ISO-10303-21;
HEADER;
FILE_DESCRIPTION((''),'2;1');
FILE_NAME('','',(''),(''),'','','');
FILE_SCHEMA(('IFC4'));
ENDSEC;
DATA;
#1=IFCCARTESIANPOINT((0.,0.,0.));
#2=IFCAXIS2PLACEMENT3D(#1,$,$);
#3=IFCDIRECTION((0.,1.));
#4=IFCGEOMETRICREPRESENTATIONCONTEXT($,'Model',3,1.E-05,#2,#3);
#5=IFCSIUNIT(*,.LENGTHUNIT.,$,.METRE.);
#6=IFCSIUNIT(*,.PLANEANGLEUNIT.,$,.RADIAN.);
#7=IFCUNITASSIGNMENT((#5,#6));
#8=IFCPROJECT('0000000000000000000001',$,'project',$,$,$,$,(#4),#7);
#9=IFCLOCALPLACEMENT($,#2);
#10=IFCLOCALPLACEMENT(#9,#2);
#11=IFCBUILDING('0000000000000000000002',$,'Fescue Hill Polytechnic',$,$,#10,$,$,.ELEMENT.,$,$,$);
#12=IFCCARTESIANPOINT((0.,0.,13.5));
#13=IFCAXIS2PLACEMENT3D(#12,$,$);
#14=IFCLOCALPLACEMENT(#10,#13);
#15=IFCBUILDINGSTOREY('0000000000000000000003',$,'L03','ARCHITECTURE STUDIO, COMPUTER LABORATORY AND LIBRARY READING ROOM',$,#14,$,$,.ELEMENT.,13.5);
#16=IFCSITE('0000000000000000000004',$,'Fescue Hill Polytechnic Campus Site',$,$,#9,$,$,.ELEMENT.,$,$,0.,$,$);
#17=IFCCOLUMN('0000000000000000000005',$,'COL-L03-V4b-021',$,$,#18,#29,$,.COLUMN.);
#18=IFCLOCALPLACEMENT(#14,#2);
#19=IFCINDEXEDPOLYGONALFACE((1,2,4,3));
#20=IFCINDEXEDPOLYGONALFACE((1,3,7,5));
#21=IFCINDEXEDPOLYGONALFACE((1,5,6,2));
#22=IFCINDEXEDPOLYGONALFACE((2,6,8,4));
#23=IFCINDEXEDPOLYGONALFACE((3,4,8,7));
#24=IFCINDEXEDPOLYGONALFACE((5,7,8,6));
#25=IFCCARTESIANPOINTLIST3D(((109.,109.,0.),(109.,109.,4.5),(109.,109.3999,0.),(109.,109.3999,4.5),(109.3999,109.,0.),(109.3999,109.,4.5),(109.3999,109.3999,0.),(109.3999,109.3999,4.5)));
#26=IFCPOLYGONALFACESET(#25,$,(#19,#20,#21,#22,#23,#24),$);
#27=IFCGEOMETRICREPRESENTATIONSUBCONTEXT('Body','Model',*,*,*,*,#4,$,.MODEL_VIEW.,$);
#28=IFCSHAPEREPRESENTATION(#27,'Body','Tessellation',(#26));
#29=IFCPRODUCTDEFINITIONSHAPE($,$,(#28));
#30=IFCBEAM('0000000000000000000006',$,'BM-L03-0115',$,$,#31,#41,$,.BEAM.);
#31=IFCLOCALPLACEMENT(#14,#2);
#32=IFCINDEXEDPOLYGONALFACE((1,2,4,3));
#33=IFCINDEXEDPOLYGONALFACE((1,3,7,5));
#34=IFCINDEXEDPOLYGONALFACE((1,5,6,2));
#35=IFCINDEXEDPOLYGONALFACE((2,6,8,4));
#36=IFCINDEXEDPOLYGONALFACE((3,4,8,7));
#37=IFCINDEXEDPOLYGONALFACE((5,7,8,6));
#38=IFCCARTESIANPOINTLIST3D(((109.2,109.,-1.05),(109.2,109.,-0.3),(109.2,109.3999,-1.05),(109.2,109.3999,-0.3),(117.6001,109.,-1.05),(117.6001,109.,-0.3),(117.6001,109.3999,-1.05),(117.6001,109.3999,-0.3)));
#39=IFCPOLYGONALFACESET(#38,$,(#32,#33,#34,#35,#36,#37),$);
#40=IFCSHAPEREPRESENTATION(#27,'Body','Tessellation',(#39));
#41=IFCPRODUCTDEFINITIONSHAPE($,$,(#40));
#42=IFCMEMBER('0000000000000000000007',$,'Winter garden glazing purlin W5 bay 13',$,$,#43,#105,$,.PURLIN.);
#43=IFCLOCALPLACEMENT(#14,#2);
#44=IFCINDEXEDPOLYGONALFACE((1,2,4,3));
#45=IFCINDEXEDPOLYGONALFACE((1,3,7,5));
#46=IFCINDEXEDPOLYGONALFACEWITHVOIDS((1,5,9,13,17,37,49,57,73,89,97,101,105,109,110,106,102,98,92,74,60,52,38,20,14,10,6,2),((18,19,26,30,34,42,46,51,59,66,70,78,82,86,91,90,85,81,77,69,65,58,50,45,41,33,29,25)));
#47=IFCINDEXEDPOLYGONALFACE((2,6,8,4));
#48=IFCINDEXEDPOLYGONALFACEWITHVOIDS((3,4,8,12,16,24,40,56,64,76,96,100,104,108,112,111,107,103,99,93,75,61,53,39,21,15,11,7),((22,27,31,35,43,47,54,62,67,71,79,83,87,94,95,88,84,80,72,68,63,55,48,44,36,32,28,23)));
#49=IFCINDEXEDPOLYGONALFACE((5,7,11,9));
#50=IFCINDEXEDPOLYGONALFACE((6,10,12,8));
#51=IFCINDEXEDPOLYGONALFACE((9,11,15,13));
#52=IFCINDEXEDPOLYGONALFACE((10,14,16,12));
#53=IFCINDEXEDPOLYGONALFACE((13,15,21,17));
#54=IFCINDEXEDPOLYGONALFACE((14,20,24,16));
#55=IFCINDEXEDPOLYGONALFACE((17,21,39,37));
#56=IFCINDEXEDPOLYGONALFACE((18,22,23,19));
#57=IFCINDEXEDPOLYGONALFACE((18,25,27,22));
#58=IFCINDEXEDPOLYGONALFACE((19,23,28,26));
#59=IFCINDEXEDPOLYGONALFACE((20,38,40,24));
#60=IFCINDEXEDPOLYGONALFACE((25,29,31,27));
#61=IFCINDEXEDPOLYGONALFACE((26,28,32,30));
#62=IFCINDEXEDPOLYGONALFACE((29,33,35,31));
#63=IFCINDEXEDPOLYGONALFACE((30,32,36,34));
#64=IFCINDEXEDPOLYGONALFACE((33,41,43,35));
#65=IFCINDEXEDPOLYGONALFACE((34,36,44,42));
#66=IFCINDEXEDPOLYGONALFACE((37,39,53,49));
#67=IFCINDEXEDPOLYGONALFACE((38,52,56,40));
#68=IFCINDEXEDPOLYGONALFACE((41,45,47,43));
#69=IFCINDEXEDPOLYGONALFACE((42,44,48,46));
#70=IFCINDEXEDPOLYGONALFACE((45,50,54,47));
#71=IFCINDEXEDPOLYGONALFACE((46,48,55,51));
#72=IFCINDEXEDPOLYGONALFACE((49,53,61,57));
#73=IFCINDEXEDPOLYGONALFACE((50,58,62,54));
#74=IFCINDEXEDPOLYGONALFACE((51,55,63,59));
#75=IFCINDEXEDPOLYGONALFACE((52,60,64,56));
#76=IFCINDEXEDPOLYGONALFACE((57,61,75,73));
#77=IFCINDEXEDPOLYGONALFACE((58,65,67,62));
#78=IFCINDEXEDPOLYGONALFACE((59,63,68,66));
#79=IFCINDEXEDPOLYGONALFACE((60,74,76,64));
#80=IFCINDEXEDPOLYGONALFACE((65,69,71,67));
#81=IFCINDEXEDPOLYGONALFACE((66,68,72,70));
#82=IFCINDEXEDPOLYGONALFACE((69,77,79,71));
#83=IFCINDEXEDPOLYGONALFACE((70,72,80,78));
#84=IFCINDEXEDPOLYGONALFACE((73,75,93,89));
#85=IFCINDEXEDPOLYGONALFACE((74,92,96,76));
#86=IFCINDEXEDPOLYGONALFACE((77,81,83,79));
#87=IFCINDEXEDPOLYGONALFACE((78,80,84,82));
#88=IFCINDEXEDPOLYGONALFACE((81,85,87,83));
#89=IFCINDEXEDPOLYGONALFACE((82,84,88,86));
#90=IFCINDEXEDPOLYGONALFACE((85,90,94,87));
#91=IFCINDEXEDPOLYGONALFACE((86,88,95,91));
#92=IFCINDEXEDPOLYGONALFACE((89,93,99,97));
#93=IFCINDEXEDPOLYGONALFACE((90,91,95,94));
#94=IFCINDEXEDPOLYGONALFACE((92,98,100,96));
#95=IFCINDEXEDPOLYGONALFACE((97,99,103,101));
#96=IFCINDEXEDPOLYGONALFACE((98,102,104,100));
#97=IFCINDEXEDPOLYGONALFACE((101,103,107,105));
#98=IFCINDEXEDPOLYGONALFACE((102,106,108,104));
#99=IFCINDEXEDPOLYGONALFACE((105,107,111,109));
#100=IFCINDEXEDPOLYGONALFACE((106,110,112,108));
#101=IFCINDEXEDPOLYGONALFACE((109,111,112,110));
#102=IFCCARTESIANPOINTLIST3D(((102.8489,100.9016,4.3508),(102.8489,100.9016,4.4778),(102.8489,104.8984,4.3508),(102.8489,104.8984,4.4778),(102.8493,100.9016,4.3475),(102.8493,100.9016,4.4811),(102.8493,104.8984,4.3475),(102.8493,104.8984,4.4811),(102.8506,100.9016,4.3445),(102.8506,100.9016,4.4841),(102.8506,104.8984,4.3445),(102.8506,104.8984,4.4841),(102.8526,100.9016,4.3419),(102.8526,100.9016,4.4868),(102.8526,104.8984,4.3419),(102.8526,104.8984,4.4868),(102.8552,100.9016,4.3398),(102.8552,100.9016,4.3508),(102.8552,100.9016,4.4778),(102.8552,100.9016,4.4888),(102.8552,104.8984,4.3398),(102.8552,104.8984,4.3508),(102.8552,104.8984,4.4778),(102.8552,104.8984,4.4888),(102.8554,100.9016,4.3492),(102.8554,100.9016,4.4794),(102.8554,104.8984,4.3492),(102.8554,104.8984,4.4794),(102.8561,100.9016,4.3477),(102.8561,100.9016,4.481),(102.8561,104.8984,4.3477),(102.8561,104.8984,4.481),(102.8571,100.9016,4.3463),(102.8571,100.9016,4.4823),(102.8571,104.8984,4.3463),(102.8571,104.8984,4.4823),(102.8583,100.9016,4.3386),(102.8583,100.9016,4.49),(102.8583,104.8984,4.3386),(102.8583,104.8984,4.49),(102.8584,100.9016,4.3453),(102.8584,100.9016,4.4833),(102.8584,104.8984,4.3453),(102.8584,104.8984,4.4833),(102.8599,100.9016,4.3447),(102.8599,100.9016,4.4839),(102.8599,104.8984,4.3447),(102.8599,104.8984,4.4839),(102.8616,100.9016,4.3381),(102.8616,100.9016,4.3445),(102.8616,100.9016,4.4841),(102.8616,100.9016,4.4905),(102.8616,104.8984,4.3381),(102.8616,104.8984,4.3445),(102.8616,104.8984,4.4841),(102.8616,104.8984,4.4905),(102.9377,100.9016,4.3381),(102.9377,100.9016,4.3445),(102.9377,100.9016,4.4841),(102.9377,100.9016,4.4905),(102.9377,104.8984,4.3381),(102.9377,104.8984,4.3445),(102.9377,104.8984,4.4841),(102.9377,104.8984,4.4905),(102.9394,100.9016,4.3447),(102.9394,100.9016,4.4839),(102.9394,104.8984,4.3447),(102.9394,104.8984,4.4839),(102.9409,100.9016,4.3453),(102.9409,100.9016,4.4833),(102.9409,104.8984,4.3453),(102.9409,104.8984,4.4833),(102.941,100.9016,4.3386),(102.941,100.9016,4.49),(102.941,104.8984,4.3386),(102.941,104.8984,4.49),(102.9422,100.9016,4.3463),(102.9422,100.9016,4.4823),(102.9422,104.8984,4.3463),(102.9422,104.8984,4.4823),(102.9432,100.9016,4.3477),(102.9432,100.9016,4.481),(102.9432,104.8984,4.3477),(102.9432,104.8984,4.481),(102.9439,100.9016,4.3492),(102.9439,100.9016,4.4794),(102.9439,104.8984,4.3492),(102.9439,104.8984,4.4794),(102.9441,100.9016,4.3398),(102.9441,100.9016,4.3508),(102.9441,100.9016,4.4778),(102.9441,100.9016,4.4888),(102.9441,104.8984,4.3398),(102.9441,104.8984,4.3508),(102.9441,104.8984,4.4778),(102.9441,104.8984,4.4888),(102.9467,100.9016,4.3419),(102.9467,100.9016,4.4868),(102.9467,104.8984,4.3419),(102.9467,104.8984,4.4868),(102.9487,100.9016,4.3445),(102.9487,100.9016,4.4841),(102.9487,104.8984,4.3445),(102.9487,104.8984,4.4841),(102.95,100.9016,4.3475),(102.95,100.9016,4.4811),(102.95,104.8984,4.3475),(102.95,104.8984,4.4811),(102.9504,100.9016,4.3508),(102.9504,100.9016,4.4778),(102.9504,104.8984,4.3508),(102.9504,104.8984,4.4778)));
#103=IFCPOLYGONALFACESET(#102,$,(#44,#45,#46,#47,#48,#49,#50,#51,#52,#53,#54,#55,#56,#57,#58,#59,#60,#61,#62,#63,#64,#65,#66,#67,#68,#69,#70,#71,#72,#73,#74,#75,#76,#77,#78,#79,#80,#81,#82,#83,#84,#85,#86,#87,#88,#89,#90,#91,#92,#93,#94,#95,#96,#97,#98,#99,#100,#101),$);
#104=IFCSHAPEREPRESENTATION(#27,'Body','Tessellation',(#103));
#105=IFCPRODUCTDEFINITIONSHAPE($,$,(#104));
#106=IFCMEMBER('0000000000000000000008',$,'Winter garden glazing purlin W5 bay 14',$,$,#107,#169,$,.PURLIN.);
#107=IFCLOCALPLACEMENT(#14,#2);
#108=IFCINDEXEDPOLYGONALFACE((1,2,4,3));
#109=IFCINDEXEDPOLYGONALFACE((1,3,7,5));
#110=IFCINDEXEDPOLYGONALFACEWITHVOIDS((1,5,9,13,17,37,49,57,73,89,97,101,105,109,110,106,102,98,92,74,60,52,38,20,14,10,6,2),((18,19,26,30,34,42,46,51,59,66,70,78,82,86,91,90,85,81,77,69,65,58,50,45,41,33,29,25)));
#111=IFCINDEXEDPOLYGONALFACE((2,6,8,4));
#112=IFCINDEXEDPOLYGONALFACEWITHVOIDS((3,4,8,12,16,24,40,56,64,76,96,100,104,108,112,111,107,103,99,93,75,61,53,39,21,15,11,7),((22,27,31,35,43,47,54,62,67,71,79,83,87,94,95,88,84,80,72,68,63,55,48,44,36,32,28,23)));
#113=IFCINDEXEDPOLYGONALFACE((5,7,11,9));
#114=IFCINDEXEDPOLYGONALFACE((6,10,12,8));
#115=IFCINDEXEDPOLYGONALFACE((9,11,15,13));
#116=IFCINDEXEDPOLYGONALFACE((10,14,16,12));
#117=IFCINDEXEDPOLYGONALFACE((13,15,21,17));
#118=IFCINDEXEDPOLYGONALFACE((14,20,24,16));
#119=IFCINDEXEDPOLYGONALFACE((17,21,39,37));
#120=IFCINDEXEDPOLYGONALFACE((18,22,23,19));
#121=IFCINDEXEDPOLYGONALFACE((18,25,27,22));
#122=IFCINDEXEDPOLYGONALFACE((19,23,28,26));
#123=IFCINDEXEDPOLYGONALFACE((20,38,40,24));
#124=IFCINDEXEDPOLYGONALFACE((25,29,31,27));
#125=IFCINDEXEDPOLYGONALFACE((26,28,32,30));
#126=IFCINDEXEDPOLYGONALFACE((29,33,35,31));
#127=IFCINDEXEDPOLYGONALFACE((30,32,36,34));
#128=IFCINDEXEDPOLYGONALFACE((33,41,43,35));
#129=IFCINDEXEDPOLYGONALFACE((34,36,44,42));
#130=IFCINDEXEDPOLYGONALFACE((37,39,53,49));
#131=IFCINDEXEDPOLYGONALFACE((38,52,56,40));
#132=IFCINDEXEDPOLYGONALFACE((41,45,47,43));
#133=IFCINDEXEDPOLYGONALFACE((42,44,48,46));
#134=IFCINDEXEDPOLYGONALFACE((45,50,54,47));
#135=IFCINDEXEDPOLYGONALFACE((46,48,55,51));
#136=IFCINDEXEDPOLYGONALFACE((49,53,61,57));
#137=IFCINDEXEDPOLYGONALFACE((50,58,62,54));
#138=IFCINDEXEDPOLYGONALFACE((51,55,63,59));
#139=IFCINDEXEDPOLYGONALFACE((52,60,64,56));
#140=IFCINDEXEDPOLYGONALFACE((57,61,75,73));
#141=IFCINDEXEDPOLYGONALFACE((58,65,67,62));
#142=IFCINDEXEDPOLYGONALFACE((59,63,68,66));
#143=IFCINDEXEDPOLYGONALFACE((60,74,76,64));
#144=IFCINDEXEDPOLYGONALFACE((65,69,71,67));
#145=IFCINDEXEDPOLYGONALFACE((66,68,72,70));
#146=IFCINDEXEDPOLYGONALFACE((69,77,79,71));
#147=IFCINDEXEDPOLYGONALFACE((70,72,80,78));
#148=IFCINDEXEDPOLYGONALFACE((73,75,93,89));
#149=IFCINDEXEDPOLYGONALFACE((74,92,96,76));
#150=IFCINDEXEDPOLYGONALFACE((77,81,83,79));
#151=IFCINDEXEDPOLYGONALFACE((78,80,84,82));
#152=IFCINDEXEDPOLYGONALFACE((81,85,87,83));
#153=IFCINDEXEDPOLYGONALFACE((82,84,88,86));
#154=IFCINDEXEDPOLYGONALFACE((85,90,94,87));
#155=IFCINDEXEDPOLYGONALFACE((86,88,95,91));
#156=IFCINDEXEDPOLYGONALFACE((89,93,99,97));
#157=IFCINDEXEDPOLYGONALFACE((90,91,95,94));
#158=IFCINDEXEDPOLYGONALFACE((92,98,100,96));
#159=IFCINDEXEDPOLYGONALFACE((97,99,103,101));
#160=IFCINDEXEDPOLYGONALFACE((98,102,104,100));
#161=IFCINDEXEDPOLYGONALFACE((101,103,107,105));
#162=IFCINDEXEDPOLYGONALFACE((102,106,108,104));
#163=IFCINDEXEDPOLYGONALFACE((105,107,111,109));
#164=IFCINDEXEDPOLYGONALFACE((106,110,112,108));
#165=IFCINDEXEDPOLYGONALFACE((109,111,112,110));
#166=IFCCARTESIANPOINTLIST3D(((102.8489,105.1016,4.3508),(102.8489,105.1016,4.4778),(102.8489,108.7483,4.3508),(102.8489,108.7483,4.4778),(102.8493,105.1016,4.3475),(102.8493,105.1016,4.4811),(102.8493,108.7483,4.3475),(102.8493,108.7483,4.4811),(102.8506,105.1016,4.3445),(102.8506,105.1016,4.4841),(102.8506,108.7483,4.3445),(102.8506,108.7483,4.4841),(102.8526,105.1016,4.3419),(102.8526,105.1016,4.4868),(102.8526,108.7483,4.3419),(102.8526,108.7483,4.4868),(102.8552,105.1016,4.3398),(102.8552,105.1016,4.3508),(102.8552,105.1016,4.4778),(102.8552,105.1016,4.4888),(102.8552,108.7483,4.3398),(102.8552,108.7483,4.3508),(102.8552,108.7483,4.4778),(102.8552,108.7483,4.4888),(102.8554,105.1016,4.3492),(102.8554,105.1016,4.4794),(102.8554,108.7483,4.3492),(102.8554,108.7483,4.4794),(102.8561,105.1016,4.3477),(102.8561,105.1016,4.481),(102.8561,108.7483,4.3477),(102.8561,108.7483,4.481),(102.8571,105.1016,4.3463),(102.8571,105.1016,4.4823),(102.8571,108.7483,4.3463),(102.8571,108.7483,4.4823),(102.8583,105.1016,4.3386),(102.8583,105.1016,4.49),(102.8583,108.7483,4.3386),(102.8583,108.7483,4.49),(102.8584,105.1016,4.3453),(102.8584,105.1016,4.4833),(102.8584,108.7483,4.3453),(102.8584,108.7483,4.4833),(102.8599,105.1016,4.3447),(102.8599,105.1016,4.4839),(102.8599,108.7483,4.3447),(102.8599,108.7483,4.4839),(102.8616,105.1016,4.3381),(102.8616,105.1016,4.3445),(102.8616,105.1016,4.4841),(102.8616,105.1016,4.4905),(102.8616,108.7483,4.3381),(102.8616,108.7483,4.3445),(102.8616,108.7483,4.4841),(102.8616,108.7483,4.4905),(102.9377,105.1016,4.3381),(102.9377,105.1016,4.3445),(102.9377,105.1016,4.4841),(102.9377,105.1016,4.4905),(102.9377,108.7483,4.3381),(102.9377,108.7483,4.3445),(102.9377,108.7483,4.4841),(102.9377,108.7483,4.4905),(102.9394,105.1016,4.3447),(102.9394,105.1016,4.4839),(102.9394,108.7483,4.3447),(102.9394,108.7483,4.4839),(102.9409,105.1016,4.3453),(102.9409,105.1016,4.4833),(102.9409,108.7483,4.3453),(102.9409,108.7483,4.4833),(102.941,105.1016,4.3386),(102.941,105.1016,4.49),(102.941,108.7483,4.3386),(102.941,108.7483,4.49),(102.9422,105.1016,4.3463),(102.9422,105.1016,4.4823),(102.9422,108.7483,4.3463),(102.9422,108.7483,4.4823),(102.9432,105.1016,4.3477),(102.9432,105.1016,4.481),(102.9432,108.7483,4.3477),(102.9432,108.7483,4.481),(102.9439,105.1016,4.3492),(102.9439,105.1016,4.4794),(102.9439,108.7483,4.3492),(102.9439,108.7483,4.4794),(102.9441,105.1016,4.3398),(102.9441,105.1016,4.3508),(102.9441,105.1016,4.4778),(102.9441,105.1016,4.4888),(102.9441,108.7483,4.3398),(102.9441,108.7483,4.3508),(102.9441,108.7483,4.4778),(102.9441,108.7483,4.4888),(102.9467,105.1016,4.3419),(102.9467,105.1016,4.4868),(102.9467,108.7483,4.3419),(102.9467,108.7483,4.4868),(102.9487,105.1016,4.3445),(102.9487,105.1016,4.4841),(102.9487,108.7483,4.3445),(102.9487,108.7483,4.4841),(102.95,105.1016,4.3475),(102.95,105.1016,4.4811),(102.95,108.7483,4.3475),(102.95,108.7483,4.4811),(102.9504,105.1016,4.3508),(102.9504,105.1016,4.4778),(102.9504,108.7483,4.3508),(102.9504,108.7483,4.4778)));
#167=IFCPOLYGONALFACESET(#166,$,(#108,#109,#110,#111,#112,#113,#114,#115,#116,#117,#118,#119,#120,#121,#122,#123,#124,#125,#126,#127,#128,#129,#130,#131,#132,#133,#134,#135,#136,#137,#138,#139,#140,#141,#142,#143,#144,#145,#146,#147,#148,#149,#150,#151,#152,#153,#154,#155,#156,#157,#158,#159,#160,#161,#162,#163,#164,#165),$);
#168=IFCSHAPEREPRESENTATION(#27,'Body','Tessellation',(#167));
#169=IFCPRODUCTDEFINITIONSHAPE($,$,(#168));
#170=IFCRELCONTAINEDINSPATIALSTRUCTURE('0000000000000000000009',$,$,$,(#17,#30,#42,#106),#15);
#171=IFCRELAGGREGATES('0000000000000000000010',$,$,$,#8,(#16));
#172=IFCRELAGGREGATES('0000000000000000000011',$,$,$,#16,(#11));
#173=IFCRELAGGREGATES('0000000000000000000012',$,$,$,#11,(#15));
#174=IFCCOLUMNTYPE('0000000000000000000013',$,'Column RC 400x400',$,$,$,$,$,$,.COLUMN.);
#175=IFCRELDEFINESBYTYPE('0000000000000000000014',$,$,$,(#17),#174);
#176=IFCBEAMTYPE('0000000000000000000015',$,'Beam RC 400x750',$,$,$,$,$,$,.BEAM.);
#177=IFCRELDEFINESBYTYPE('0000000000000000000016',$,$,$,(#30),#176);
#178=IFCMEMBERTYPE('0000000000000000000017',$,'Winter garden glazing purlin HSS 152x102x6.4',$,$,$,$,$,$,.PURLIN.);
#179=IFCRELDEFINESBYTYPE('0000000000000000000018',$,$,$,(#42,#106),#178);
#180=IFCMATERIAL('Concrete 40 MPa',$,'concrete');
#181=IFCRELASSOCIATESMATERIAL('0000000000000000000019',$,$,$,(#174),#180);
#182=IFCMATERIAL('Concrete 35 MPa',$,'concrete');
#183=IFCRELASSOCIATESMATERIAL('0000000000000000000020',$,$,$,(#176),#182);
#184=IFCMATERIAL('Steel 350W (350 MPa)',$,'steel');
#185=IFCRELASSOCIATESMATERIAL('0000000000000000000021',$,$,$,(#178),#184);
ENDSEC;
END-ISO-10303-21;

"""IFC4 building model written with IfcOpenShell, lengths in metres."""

from ifc_helpers import new_model, si_unit, direction, frame, origin, origin_2d, place, context, subcontext, project, spatial, rectangle, hollow_rectangle, extrude, material, material_profile, profile_set, type_object, element, save


model = new_model("IFC4")

# Units and contexts
model_context = context("Model", 3, precision=1e-05, world=origin(), true_north=direction((0.0, 1.0)))
body_context = subcontext(model_context, "Body", "Model", "MODEL_VIEW")
ifc_project = project(units=[si_unit("LENGTHUNIT", "METRE"), si_unit("PLANEANGLEUNIT", "RADIAN")], contexts=[model_context])

# Site, building, storey
site_placement = place(None, origin())
site = spatial("IfcSite", under=ifc_project, at=site_placement, Name="Fescue Hill Polytechnic Campus Site", CompositionType="ELEMENT", RefElevation=0.0)
building_placement = place(site_placement, origin())
building = spatial("IfcBuilding", under=site, at=building_placement, Name="Fescue Hill Polytechnic", CompositionType="ELEMENT")
storey_placement = place(building_placement, frame((0.0, 0.0, 13.5)))
storey = spatial("IfcBuildingStorey", under=building, at=storey_placement, Name="L03", Description="ARCHITECTURE STUDIO, COMPUTER LABORATORY AND LIBRARY READING ROOM", CompositionType="ELEMENT", Elevation=13.5)

# Column
ifc_material_1 = material(Name="Concrete 40 MPa", Category="concrete")
ifc_material_profile_1 = material_profile(ifc_material_1, rectangle(XDim=0.3999, YDim=0.3999, at=origin_2d()), Name="RC 400x400")
ifc_profile_set_1 = profile_set([ifc_material_profile_1], Name="Concrete 40 MPa")
column_type = type_object("IfcColumnType", Name="Column RC 400x400", PredefinedType="COLUMN", material=ifc_profile_set_1)
column_placement = place(storey_placement, frame((109.2, 109.2, 0.0), z_axis=(0.0, 0.0, 1.0), x_axis=(1.0, 0.0, 0.0)))
element("IfcColumn", 1, at=column_placement, inside=storey, type_object=column_type, Name="COL-L03-V4b-021", PredefinedType="COLUMN", context=body_context, shape_type="SweptSolid", body=[
    extrude(rectangle(XDim=0.3999, YDim=0.3999, at=origin_2d()), origin(), (0.0, 0.0, 1.0), 4.5),
])

# Beam
ifc_material_2 = material(Name="Concrete 35 MPa", Category="concrete")
ifc_material_profile_2 = material_profile(ifc_material_2, rectangle(XDim=0.3999, YDim=0.75, at=origin_2d()), Name="RC 400x750")
ifc_profile_set_2 = profile_set([ifc_material_profile_2], Name="Concrete 35 MPa")
beam_type = type_object("IfcBeamType", Name="Beam RC 400x750", PredefinedType="BEAM", material=ifc_profile_set_2)
beam_placement = place(storey_placement, frame((109.2, 109.2, -0.675), z_axis=(1.0, 0.0, 0.0), x_axis=(0.0, 1.0, 0.0)))
element("IfcBeam", 2, at=beam_placement, inside=storey, type_object=beam_type, Name="BM-L03-0115", PredefinedType="BEAM", context=body_context, shape_type="SweptSolid", body=[
    extrude(rectangle(XDim=0.3999, YDim=0.75, at=origin_2d()), origin(), (0.0, 0.0, 1.0), 8.4001),
])

# Members
ifc_material_3 = material(Name="Steel 350W (350 MPa)", Category="steel")
ifc_material_profile_3 = material_profile(ifc_material_3, hollow_rectangle(XDim=0.1016, YDim=0.1523, WallThickness=0.0063, InnerFilletRadius=0.0063, OuterFilletRadius=0.0127, at=origin_2d()), Name="Winter garden glazing purlin HSS 152x102x6.4")
ifc_profile_set_3 = profile_set([ifc_material_profile_3], Name="Steel 350W (350 MPa)")
member_type_1 = type_object("IfcMemberType", Name="Winter garden glazing purlin HSS 152x102x6.4", PredefinedType="PURLIN", material=ifc_profile_set_3)
member_1_placement = place(storey_placement, frame((102.8997, 100.9016, 4.4143), z_axis=(0.0, 1.0, 0.0), x_axis=(-1.0, 0.0, 0.0)))
element("IfcMember", 3, at=member_1_placement, inside=storey, type_object=member_type_1, Name="Winter garden glazing purlin W5 bay 13", PredefinedType="PURLIN", context=body_context, shape_type="SweptSolid", body=[
    extrude(hollow_rectangle(XDim=0.1016, YDim=0.1523, WallThickness=0.0063, InnerFilletRadius=0.0063, OuterFilletRadius=0.0127, at=origin_2d()), origin(), (0.0, 0.0, 1.0), 3.9968),
])
member_2_placement = place(storey_placement, frame((102.8997, 105.1016, 4.4143), z_axis=(0.0, 1.0, 0.0), x_axis=(-1.0, 0.0, 0.0)))
element("IfcMember", 4, at=member_2_placement, inside=storey, type_object=member_type_1, Name="Winter garden glazing purlin W5 bay 14", PredefinedType="PURLIN", context=body_context, shape_type="SweptSolid", body=[
    extrude(hollow_rectangle(XDim=0.1016, YDim=0.1523, WallThickness=0.0063, InnerFilletRadius=0.0063, OuterFilletRadius=0.0127, at=origin_2d()), origin(), (0.0, 0.0, 1.0), 3.6467),
])

save(model, "model.ifc")
